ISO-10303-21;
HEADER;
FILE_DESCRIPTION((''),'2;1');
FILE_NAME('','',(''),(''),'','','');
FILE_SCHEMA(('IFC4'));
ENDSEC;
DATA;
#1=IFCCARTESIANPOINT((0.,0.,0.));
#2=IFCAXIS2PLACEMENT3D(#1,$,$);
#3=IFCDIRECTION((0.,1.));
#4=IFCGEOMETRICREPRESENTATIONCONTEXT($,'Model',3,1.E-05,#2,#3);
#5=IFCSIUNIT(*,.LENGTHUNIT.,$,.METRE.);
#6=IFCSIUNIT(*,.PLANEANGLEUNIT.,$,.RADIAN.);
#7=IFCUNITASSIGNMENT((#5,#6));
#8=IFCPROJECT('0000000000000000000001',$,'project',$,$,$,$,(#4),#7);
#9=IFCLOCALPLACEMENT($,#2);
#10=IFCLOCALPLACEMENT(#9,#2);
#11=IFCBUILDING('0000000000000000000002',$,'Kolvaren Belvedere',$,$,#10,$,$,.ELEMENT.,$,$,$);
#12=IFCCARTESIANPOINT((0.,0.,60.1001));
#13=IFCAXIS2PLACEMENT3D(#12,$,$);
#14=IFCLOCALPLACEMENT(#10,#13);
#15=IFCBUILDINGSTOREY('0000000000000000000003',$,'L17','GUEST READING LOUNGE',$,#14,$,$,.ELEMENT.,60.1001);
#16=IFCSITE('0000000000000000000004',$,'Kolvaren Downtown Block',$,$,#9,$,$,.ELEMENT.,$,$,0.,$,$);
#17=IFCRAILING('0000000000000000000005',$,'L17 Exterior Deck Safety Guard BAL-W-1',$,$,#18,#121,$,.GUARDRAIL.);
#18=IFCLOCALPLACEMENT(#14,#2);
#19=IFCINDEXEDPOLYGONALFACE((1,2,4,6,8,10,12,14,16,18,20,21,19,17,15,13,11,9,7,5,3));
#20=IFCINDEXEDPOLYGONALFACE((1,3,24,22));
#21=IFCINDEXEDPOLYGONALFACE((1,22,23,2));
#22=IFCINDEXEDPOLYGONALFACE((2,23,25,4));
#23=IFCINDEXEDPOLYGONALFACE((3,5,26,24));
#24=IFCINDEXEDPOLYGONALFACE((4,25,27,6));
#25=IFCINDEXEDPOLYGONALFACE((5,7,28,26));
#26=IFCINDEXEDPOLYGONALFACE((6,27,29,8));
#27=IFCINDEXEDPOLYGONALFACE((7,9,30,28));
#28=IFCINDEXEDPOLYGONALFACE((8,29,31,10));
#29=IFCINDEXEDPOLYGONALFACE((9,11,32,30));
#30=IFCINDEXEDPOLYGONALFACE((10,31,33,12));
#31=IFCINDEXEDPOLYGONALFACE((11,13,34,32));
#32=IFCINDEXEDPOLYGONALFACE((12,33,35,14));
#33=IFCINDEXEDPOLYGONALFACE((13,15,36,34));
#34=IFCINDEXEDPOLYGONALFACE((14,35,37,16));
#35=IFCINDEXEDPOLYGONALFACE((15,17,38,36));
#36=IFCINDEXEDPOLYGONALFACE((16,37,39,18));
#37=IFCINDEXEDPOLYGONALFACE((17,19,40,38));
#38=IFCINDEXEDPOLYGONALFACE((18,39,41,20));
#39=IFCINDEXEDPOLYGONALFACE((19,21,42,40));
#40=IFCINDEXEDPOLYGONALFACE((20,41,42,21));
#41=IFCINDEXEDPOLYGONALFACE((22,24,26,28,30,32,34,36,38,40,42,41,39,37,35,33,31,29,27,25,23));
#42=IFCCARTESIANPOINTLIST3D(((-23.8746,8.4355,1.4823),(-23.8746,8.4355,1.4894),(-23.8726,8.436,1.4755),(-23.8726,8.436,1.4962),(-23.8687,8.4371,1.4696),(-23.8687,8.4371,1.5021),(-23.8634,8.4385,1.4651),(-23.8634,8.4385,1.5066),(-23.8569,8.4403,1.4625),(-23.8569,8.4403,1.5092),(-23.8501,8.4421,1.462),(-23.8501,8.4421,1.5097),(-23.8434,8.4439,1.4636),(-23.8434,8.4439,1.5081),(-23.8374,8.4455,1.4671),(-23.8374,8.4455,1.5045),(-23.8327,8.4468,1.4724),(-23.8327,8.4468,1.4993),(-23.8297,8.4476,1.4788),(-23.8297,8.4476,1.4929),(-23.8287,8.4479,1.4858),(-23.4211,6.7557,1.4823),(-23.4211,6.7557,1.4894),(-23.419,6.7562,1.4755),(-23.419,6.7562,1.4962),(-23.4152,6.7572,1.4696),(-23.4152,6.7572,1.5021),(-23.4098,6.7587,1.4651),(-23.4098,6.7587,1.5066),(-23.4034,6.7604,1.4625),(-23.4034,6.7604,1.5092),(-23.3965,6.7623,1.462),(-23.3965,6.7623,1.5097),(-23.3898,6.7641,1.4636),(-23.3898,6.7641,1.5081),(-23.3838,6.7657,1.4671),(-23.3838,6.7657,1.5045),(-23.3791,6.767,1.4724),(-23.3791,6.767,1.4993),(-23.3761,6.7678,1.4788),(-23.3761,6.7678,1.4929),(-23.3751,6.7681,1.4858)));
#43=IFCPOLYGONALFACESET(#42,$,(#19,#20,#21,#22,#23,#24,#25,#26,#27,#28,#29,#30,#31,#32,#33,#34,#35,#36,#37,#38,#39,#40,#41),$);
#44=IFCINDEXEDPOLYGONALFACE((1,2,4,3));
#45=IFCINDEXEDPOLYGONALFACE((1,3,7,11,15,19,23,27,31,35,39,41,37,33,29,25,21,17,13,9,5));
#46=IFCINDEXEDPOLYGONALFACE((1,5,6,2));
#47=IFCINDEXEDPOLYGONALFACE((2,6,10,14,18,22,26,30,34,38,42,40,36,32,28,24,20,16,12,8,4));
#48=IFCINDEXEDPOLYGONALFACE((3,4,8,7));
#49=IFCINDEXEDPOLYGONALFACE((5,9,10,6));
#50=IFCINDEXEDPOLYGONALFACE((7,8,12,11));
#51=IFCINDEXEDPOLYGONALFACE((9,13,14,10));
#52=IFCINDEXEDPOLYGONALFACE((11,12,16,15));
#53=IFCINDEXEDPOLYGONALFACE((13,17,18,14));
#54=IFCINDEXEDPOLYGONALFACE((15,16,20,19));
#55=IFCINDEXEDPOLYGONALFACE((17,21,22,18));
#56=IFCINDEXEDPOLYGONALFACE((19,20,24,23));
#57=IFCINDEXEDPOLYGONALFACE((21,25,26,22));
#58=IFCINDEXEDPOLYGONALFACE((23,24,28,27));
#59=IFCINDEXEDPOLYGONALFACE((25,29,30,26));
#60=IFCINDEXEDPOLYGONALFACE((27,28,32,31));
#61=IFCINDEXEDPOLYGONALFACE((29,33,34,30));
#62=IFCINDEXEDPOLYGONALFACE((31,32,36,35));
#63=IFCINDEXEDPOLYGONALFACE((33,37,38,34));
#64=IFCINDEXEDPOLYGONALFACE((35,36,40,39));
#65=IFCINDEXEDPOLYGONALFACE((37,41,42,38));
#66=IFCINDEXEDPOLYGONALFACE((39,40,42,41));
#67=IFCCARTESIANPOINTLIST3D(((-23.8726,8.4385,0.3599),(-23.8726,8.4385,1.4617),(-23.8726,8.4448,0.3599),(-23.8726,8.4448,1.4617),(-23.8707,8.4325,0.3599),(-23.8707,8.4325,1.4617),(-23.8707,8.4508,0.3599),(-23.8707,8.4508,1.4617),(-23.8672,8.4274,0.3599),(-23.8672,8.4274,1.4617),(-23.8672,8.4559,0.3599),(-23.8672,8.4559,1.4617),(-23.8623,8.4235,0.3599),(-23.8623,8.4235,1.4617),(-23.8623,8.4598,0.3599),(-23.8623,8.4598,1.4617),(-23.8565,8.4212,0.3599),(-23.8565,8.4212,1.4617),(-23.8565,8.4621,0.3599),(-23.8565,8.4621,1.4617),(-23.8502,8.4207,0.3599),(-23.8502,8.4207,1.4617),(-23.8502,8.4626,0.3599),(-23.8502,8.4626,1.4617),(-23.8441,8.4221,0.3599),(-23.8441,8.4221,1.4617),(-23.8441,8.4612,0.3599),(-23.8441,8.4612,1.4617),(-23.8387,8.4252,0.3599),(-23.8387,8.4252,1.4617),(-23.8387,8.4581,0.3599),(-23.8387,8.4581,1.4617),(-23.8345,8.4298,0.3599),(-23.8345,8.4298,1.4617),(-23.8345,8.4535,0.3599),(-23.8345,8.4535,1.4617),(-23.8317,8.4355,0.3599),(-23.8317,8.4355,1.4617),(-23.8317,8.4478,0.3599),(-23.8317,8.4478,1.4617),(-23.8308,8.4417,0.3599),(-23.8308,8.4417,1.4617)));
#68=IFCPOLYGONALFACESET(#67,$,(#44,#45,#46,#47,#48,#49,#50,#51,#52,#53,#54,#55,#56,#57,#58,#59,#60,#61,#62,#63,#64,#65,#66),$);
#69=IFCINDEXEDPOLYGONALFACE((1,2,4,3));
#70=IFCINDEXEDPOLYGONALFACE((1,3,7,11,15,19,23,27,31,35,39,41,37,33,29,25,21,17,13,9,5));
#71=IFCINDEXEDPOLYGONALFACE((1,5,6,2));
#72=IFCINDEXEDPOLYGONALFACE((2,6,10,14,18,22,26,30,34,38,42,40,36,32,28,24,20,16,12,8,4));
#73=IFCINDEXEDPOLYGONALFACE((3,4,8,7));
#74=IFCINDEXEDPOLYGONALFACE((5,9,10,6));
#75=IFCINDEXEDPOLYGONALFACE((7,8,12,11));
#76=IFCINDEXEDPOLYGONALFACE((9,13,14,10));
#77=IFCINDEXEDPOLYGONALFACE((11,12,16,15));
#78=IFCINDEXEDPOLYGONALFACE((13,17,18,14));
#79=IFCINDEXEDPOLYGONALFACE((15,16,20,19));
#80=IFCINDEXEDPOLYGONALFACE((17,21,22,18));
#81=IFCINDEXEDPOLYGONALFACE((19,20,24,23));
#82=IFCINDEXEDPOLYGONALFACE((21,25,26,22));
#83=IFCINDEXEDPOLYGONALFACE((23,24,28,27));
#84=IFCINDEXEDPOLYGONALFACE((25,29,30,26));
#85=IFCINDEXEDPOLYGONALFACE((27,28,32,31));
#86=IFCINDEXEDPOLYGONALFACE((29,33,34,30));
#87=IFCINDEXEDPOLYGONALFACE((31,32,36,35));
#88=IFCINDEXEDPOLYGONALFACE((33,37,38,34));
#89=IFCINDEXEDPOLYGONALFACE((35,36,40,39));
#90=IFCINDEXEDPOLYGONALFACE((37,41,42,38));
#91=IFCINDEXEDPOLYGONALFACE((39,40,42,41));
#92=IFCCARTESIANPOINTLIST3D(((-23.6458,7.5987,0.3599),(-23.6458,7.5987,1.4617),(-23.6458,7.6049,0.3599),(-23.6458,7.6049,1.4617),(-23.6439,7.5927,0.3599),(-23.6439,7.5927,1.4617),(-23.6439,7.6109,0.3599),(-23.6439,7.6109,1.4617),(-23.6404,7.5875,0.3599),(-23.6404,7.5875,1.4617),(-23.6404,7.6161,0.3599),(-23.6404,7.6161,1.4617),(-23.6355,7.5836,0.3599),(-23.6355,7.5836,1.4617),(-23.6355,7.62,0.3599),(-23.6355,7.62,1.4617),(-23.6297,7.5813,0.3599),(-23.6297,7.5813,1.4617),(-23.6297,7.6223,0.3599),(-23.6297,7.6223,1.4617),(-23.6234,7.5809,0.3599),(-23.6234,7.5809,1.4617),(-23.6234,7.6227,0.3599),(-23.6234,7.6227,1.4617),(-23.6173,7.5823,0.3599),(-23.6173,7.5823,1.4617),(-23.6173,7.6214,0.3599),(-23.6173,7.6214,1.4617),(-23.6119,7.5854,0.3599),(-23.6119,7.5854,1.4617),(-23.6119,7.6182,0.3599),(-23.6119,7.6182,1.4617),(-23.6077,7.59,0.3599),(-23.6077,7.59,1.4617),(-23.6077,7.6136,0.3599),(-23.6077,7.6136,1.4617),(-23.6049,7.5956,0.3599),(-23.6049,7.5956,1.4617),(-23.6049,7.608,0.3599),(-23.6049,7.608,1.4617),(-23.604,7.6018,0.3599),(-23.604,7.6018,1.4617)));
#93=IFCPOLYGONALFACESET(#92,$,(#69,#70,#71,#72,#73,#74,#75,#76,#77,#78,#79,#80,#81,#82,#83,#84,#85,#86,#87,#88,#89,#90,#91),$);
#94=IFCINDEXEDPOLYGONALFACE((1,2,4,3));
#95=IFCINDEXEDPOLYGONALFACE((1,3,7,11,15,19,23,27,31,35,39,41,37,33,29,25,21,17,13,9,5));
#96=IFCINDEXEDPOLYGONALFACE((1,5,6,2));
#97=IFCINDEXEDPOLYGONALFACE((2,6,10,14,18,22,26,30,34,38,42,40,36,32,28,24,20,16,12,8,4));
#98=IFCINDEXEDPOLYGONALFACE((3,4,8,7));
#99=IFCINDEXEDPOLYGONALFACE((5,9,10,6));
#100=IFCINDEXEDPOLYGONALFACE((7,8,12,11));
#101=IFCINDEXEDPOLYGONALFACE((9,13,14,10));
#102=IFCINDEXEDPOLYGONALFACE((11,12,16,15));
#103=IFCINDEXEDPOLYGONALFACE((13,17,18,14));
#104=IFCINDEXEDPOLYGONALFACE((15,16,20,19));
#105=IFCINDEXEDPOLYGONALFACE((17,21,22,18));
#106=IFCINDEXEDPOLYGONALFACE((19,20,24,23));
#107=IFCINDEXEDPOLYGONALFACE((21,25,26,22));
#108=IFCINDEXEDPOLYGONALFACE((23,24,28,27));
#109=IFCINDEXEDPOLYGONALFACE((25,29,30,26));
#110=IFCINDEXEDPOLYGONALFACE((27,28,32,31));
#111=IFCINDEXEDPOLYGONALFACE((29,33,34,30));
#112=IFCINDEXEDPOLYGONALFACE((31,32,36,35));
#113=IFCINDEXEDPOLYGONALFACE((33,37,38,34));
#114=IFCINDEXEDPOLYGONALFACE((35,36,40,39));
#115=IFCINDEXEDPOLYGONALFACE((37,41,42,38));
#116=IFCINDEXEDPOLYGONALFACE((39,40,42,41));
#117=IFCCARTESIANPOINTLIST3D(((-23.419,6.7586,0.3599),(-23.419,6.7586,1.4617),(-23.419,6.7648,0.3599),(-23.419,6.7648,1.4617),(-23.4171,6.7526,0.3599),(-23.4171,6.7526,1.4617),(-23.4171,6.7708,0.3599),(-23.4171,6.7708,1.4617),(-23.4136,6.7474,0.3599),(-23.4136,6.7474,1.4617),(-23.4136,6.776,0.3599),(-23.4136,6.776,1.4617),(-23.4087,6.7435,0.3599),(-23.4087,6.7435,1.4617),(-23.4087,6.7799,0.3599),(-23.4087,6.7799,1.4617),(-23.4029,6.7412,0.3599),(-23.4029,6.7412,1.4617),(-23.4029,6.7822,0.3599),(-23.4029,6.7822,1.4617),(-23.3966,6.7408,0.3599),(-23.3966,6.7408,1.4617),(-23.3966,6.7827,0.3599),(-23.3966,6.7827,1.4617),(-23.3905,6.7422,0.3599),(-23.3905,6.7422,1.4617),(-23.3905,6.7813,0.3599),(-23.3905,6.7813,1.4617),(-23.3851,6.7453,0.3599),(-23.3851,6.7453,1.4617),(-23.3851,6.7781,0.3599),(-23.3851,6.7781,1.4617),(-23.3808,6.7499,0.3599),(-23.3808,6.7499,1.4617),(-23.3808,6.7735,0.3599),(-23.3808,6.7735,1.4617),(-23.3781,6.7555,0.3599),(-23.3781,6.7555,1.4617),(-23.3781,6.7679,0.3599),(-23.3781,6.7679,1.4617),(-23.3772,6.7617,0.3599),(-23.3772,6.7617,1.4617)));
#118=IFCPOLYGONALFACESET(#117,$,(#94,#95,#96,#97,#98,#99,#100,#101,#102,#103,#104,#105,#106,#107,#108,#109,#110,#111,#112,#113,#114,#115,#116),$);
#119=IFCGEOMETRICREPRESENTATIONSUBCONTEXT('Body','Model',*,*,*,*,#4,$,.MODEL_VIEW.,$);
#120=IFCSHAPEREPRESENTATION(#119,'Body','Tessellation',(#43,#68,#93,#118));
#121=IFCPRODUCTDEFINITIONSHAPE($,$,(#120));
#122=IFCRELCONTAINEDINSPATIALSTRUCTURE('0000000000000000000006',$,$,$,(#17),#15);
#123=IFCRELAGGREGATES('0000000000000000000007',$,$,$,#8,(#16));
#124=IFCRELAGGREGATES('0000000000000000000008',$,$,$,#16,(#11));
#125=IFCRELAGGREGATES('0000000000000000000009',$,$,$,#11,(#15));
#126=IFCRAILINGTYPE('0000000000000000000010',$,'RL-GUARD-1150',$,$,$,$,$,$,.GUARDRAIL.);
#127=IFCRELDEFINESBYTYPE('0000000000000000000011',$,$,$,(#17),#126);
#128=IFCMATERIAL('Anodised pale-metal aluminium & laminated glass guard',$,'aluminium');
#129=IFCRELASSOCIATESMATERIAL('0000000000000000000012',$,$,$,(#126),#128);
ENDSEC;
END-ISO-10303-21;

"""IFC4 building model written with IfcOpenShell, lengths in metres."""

from ifc_helpers import new_model, si_unit, direction, frame, origin, origin_2d, place, context, subcontext, project, spatial, circle, extrude, material, type_object, element, save


model = new_model("IFC4")

# Units and contexts
model_context = context("Model", 3, precision=1e-05, world=origin(), true_north=direction((0.0, 1.0)))
body_context = subcontext(model_context, "Body", "Model", "MODEL_VIEW")
ifc_project = project(units=[si_unit("LENGTHUNIT", "METRE"), si_unit("PLANEANGLEUNIT", "RADIAN")], contexts=[model_context])

# Site, building, storey
site_placement = place(None, origin())
site = spatial("IfcSite", under=ifc_project, at=site_placement, Name="Kolvaren Downtown Block", CompositionType="ELEMENT", RefElevation=0.0)
building_placement = place(site_placement, origin())
building = spatial("IfcBuilding", under=site, at=building_placement, Name="Kolvaren Belvedere", CompositionType="ELEMENT")
storey_placement = place(building_placement, frame((0.0, 0.0, 60.1001)))
storey = spatial("IfcBuildingStorey", under=building, at=storey_placement, Name="L17", Description="GUEST READING LOUNGE", CompositionType="ELEMENT", Elevation=60.1001)

# Railing
ifc_material_1 = material(Name="Anodised pale-metal aluminium & laminated glass guard", Category="aluminium")
railing_type = type_object("IfcRailingType", Name="RL-GUARD-1150", PredefinedType="GUARDRAIL", material=ifc_material_1)
railing_1_placement = place(storey_placement, frame((-23.8518, 8.4417, 0.3599)))
element("IfcRailing", 1, at=railing_1_placement, inside=storey, type_object=railing_type, Name="L17 Exterior Deck Safety Guard BAL-W-1", PredefinedType="GUARDRAIL", context=body_context, shape_type="SweptSolid", body=[
    extrude(circle(Radius=0.0239, at=origin_2d()), frame((0.0, 0.0, 1.126), z_axis=(0.260683, -0.965424, 0.0), x_axis=(0.965424, 0.260683, 0.0)), (0.0, 0.0, 1.0), 1.74),
    extrude(circle(Radius=0.021, at=origin_2d()), origin(), (0.0, 0.0, 1.0), 1.1018),
    extrude(circle(Radius=0.021, at=origin_2d()), frame((0.2268, -0.8398, 0.0)), (0.0, 0.0, 1.0), 1.1018),
    extrude(circle(Radius=0.021, at=origin_2d()), frame((0.4536, -1.6799, 0.0)), (0.0, 0.0, 1.0), 1.1018),
])

save(model, "model.ifc")
